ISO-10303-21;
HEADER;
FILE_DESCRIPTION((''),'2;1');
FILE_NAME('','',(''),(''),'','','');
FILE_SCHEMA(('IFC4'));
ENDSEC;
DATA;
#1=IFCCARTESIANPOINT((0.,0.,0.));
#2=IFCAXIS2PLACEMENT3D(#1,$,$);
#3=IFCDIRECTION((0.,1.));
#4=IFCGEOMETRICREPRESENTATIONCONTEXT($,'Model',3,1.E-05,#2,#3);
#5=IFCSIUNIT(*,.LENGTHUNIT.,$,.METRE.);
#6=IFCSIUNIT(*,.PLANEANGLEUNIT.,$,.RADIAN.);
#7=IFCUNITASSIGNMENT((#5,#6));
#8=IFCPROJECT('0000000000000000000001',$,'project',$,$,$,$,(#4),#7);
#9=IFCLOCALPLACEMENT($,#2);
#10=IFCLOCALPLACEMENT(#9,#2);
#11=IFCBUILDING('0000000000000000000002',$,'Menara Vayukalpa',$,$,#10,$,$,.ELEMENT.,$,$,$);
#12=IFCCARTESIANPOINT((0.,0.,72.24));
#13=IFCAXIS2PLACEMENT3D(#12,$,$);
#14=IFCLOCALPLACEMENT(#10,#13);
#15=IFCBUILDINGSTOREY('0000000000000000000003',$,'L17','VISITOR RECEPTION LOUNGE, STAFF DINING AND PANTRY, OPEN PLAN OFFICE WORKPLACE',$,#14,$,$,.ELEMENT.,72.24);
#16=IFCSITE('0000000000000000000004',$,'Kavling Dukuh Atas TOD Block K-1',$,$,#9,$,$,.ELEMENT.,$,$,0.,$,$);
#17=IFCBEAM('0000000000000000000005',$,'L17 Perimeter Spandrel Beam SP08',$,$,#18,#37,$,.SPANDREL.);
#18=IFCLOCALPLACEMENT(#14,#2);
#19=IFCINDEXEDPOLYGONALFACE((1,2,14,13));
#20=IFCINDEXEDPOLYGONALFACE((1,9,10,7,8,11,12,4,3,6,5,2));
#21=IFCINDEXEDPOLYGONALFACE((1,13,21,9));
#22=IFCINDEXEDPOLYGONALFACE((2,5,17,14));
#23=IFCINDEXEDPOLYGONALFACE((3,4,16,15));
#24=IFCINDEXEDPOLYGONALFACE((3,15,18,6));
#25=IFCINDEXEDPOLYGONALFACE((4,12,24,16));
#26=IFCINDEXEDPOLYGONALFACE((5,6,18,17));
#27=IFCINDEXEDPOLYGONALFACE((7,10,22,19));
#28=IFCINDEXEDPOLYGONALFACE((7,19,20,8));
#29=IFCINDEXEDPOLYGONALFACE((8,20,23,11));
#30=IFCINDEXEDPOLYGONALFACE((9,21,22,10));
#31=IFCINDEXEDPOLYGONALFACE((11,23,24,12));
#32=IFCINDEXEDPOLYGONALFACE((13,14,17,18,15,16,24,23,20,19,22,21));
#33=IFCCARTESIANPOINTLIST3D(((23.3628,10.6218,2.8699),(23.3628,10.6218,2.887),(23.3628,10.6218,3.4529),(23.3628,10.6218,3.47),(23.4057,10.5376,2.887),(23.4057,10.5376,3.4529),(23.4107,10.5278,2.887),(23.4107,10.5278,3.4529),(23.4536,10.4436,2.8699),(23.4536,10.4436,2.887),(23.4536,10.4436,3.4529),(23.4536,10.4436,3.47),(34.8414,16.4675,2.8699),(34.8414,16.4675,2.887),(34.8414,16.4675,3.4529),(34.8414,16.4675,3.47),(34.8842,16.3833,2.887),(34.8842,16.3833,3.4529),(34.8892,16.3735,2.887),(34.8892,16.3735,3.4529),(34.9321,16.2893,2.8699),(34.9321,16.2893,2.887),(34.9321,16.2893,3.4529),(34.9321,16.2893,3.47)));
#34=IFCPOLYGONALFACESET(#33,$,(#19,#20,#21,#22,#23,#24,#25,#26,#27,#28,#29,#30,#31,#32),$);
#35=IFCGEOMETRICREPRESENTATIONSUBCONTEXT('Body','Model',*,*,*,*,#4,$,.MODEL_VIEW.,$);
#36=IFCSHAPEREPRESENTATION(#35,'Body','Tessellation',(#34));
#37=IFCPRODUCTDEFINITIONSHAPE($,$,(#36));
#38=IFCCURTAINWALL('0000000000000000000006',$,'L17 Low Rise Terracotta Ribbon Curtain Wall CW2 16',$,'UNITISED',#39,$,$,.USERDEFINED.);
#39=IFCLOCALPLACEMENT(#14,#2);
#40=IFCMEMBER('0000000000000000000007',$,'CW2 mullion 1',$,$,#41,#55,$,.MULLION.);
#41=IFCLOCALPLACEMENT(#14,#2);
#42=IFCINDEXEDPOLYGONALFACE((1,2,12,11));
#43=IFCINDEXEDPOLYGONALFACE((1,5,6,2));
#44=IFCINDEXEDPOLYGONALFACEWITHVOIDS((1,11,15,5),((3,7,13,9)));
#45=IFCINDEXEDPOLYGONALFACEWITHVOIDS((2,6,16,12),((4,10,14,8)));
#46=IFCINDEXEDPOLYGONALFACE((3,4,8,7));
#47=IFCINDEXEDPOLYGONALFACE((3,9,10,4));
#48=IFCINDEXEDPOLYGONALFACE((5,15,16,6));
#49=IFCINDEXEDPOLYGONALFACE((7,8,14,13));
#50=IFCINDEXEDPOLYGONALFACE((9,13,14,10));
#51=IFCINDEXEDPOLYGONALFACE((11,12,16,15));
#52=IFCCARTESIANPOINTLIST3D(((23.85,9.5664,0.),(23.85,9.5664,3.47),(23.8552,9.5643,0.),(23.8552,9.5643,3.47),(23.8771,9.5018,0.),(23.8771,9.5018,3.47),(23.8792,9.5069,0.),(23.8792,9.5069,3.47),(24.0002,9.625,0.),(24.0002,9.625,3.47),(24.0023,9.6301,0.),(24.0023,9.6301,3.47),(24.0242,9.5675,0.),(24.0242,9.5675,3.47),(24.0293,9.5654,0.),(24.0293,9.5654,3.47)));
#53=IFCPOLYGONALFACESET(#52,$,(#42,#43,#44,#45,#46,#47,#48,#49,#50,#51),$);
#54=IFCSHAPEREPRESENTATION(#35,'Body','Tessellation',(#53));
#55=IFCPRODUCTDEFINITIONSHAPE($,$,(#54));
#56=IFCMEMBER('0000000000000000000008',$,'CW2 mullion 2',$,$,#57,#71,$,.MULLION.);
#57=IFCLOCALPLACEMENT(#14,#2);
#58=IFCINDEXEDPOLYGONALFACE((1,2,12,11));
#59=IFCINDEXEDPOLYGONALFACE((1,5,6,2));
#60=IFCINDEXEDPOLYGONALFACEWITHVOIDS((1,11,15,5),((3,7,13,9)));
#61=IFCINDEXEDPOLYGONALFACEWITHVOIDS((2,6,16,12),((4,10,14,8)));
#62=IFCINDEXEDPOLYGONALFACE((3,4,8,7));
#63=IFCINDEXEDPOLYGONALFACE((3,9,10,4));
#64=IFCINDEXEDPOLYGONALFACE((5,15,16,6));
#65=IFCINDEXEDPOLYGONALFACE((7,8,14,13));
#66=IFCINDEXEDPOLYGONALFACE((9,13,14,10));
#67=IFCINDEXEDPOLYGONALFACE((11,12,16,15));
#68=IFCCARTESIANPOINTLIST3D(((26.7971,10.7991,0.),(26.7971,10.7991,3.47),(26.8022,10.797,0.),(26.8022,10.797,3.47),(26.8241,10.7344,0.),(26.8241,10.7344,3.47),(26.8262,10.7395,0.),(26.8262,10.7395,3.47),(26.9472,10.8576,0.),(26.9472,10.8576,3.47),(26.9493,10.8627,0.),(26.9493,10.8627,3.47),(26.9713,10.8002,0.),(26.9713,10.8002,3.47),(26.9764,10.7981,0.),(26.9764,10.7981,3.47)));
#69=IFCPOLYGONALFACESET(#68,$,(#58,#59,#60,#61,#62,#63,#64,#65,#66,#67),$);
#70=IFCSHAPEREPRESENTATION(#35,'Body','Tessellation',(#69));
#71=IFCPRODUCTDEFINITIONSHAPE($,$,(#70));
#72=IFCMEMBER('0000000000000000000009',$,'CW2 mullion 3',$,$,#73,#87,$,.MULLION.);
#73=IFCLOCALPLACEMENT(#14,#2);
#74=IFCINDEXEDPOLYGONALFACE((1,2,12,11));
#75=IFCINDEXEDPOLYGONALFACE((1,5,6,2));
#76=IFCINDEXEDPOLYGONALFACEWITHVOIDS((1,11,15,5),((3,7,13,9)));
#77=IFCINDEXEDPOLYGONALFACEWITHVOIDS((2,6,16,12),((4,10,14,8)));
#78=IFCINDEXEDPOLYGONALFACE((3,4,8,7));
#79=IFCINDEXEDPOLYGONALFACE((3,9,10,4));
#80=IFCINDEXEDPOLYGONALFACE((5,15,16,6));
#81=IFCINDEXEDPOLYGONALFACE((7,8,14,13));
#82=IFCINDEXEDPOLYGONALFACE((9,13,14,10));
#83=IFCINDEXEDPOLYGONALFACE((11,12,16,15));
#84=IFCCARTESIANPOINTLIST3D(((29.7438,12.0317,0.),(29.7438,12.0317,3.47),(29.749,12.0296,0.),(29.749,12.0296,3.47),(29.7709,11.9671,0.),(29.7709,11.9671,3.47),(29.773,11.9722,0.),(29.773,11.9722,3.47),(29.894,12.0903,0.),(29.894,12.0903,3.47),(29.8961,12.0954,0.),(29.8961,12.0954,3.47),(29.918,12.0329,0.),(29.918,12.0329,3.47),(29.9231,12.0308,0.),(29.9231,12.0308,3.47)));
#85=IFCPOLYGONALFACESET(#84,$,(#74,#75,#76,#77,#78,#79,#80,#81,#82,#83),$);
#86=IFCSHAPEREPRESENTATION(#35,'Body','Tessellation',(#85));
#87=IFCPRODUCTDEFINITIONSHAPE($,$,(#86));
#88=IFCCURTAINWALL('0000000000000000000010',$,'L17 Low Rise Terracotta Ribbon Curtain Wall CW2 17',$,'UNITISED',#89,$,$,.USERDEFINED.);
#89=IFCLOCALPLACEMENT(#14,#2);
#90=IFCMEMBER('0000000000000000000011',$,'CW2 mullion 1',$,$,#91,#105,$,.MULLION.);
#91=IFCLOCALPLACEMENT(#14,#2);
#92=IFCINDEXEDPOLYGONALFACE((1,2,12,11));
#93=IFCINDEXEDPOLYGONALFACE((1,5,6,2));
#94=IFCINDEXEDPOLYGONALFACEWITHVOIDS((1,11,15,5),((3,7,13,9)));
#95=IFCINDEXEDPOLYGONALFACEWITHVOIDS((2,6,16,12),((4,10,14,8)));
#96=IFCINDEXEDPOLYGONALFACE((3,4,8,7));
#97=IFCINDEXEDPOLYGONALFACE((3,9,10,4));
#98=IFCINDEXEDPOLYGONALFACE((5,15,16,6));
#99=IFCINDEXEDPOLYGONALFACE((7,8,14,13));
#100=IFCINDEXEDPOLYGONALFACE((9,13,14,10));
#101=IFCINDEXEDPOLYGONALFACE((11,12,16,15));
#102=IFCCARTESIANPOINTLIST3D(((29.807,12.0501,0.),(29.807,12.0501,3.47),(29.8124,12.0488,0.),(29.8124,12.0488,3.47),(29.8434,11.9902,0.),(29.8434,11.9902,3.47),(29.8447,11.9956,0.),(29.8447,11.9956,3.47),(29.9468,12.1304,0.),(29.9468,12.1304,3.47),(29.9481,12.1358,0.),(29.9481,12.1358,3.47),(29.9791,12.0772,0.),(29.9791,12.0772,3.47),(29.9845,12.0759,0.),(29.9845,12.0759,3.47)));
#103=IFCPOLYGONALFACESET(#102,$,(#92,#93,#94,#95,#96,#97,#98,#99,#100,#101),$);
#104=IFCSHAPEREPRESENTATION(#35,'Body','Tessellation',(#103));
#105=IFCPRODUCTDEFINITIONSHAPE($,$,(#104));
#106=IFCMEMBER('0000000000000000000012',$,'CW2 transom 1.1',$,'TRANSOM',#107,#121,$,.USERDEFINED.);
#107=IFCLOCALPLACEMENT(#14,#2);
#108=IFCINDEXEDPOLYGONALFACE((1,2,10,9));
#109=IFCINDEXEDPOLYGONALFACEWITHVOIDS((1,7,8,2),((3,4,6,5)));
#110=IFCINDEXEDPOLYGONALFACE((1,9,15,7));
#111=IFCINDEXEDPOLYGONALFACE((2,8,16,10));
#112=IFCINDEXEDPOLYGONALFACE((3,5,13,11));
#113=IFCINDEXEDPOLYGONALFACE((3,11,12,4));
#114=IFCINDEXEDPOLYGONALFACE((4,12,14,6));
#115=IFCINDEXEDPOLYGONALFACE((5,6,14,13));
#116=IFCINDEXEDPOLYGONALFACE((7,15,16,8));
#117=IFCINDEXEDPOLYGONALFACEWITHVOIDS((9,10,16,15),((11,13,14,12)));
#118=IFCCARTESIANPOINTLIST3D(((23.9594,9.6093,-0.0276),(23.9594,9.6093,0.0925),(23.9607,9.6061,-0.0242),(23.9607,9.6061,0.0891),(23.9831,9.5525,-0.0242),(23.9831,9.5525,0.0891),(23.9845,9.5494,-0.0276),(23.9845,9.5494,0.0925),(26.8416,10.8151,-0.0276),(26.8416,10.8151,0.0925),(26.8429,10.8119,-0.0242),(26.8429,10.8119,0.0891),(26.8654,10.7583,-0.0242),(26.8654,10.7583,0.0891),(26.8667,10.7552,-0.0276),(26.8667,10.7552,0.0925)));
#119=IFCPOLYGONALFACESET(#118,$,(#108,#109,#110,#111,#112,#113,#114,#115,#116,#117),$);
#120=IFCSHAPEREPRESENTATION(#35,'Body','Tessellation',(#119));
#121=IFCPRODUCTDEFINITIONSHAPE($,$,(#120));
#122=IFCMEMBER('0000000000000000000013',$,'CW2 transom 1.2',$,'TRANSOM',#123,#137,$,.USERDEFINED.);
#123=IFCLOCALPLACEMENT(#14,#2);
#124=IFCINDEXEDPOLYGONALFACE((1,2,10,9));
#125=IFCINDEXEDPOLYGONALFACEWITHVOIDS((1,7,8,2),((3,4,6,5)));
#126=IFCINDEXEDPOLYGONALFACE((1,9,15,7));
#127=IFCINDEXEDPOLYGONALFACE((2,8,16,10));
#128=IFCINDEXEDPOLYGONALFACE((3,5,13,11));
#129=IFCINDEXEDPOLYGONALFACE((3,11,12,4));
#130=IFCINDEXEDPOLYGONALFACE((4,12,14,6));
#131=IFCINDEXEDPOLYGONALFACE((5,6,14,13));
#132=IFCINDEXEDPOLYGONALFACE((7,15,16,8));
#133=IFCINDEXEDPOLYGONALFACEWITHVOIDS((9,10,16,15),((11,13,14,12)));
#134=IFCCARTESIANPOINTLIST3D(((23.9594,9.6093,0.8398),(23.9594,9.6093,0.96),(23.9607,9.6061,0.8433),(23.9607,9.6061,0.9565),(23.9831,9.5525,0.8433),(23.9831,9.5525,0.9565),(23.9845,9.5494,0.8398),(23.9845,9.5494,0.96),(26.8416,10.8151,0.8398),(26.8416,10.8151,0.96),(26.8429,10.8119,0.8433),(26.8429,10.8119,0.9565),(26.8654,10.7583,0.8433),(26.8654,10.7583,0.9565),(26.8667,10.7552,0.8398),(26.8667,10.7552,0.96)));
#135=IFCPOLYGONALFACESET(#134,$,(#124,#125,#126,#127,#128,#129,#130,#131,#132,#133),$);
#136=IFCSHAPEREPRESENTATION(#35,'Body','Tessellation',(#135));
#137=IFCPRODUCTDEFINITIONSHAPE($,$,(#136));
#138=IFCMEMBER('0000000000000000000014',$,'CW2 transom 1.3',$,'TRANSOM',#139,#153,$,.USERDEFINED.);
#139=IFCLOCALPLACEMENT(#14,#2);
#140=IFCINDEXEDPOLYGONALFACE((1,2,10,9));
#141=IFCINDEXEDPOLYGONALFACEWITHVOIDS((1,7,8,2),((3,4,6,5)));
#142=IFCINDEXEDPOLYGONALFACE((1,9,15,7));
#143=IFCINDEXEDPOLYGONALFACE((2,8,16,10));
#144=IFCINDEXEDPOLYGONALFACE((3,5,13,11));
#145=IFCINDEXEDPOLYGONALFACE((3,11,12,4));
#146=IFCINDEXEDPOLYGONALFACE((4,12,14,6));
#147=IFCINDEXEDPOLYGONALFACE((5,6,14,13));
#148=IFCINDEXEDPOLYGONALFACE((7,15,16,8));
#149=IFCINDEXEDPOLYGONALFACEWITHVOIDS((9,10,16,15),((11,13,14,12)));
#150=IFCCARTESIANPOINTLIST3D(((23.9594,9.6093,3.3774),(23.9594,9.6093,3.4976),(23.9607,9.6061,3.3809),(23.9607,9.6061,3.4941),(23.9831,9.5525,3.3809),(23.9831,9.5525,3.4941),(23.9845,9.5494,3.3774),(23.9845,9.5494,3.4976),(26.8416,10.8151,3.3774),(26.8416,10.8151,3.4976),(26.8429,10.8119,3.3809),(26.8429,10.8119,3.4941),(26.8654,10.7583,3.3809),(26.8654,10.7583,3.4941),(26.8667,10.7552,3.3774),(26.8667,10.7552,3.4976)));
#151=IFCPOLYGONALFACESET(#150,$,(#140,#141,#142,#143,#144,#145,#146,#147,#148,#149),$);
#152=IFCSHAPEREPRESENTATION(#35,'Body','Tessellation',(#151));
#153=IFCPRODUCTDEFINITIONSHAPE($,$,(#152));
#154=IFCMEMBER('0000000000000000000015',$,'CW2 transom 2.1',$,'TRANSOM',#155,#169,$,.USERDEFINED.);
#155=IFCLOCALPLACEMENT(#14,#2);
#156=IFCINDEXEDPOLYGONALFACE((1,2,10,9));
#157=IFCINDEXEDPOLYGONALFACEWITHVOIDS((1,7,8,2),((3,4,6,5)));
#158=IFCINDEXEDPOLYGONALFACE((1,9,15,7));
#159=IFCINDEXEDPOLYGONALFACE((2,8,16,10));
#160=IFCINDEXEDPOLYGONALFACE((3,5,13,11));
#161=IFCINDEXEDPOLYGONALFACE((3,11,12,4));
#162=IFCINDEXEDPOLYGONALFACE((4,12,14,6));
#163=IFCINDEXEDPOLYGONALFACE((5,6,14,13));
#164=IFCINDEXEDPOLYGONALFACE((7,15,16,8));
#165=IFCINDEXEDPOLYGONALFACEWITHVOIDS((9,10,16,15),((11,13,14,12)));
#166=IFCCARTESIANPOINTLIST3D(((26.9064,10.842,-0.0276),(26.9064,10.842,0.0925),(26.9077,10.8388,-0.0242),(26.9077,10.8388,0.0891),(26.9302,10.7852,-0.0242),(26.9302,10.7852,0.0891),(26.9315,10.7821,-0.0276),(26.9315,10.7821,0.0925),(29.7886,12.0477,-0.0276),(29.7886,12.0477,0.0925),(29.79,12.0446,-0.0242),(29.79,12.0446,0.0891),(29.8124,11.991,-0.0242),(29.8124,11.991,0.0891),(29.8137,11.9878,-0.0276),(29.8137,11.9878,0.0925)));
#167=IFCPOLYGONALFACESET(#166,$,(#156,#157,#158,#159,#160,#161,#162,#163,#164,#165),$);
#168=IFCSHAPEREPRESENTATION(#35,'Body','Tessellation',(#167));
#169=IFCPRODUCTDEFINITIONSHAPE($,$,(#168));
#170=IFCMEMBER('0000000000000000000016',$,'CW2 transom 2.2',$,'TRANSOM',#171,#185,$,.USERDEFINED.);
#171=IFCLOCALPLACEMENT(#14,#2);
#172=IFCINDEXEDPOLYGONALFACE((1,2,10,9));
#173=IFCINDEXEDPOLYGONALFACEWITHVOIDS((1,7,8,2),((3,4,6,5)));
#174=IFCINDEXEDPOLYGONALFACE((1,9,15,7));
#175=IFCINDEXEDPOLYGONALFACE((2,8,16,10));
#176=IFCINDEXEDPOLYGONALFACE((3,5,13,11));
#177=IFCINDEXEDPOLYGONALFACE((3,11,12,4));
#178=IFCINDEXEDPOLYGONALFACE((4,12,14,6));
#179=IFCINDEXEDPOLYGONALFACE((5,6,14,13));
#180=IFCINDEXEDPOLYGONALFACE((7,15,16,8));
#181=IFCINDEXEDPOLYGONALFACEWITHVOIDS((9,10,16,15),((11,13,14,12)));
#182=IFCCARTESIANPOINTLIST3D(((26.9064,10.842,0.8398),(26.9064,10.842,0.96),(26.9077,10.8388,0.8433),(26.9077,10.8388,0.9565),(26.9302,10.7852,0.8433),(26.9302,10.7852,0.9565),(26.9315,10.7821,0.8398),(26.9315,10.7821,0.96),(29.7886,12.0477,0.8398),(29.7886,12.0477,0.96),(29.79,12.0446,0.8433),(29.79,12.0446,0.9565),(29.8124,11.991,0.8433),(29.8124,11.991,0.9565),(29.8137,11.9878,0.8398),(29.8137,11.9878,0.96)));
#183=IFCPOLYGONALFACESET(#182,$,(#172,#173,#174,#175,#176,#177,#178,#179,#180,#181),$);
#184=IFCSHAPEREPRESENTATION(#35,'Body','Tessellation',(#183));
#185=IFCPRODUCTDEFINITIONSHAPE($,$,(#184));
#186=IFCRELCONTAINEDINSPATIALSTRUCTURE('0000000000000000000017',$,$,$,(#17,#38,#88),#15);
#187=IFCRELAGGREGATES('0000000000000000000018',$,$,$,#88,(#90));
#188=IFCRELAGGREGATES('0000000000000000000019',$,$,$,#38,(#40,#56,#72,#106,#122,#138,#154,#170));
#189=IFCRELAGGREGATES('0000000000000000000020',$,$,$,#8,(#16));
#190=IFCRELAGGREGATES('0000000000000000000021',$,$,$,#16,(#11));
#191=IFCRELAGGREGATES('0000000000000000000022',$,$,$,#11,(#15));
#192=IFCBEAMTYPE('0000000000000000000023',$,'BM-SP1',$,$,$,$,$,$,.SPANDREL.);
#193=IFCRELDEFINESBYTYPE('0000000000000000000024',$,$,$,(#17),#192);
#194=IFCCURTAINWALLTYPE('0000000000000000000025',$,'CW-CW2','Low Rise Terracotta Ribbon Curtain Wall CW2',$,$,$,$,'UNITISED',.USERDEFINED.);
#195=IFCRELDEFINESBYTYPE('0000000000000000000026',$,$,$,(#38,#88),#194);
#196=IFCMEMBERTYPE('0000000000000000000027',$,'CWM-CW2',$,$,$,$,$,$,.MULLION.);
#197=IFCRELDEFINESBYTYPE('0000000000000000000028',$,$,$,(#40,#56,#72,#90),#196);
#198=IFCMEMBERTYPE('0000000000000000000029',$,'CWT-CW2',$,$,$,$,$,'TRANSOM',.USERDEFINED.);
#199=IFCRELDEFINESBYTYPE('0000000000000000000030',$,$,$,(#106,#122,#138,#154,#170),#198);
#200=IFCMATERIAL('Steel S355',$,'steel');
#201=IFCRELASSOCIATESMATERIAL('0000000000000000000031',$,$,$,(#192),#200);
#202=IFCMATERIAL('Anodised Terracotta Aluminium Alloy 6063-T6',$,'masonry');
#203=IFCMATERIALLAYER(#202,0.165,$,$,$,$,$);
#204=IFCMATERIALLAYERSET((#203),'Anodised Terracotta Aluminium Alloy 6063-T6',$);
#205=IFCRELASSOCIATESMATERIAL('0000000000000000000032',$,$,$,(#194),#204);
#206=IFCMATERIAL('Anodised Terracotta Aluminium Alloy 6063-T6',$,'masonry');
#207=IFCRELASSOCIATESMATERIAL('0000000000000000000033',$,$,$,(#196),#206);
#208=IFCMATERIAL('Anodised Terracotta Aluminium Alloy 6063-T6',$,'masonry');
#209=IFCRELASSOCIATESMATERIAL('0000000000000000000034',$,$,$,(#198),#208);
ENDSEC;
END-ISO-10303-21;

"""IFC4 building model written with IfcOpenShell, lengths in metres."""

from ifc_helpers import new_model, si_unit, direction, frame, origin, origin_2d, place, context, subcontext, project, spatial, hollow_rectangle, i_section, extrude, material, layer, layer_set, material_profile, profile_set, type_object, element, aggregate, save


model = new_model("IFC4")

# Units and contexts
model_context = context("Model", 3, precision=1e-05, world=origin(), true_north=direction((0.0, 1.0)))
body_context = subcontext(model_context, "Body", "Model", "MODEL_VIEW")
ifc_project = project(units=[si_unit("LENGTHUNIT", "METRE"), si_unit("PLANEANGLEUNIT", "RADIAN")], contexts=[model_context])

# Site, building, storey
site_placement = place(None, origin())
site = spatial("IfcSite", under=ifc_project, at=site_placement, Name="Kavling Dukuh Atas TOD Block K-1", CompositionType="ELEMENT", RefElevation=0.0)
building_placement = place(site_placement, origin())
building = spatial("IfcBuilding", under=site, at=building_placement, Name="Menara Vayukalpa", CompositionType="ELEMENT")
storey_placement = place(building_placement, frame((0.0, 0.0, 72.24)))
storey = spatial("IfcBuildingStorey", under=building, at=storey_placement, Name="L17", Description="VISITOR RECEPTION LOUNGE, STAFF DINING AND PANTRY, OPEN PLAN OFFICE WORKPLACE", CompositionType="ELEMENT", Elevation=72.24)

# Beam
ifc_material_1 = material(Name="Steel S355", Category="steel")
ifc_material_profile_1 = material_profile(ifc_material_1, i_section(OverallWidth=0.2, OverallDepth=0.6001, WebThickness=0.011, FlangeThickness=0.0171, at=origin_2d()), Name="WF 600x200x11x17")
ifc_profile_set_1 = profile_set([ifc_material_profile_1], Name="Steel S355")
beam_type = type_object("IfcBeamType", Name="BM-SP1", PredefinedType="SPANDREL", material=ifc_profile_set_1)
beam_placement = place(storey_placement, frame((23.4082, 10.5327, 3.1699), z_axis=(0.891097, 0.453812, 0.0), x_axis=(-0.453812, 0.891097, 0.0)))
element("IfcBeam", 1, at=beam_placement, inside=storey, type_object=beam_type, Name="L17 Perimeter Spandrel Beam SP08", PredefinedType="SPANDREL", context=body_context, shape_type="SweptSolid", body=[
    extrude(i_section(OverallWidth=0.2, OverallDepth=0.6001, WebThickness=0.011, FlangeThickness=0.0171, at=origin_2d()), origin(), (0.0, 0.0, 1.0), 12.8813),
])

# Curtain wall, members
ifc_material_2 = material(Name="Anodised Terracotta Aluminium Alloy 6063-T6", Category="masonry")
ifc_layer_1 = layer(ifc_material_2, 0.165)
ifc_layer_set_1 = layer_set([ifc_layer_1], Name="Anodised Terracotta Aluminium Alloy 6063-T6")
curtain_wall_type = type_object("IfcCurtainWallType", Name="CW-CW2", Description="Low Rise Terracotta Ribbon Curtain Wall CW2", ElementType="UNITISED", PredefinedType="USERDEFINED", material=ifc_layer_set_1)
curtain_wall_1_placement = place(storey_placement, origin())
curtain_wall_1 = element("IfcCurtainWall", 2, at=curtain_wall_1_placement, inside=storey, type_object=curtain_wall_type, Name="L17 Low Rise Terracotta Ribbon Curtain Wall CW2 16", ObjectType="UNITISED", PredefinedType="USERDEFINED")
ifc_material_3 = material(Name="Anodised Terracotta Aluminium Alloy 6063-T6", Category="masonry")
ifc_material_profile_2 = material_profile(ifc_material_3, hollow_rectangle(XDim=0.0701, YDim=0.165, WallThickness=0.0039, at=origin_2d()), Name="ALU 70x165x4")
ifc_profile_set_2 = profile_set([ifc_material_profile_2], Name="Anodised Terracotta Aluminium Alloy 6063-T6")
member_type_1 = type_object("IfcMemberType", Name="CWM-CW2", PredefinedType="MULLION", material=ifc_profile_set_2)
member_1_placement = place(storey_placement, frame((23.9397, 9.5659, 0.0), z_axis=(0.0, 0.0, 1.0), x_axis=(-0.385894, 0.922543, 0.0)))
member_1 = element("IfcMember", 3, at=member_1_placement, type_object=member_type_1, Name="CW2 mullion 1", PredefinedType="MULLION", context=body_context, shape_type="SweptSolid", body=[
    extrude(hollow_rectangle(XDim=0.0701, YDim=0.165, WallThickness=0.0039, at=origin_2d()), origin(), (0.0, 0.0, 1.0), 3.47),
])
member_2_placement = place(storey_placement, frame((26.8867, 10.7986, 0.0), z_axis=(0.0, 0.0, 1.0), x_axis=(-0.385894, 0.922543, 0.0)))
member_2 = element("IfcMember", 4, at=member_2_placement, type_object=member_type_1, Name="CW2 mullion 2", PredefinedType="MULLION", context=body_context, shape_type="SweptSolid", body=[
    extrude(hollow_rectangle(XDim=0.0701, YDim=0.165, WallThickness=0.0039, at=origin_2d()), origin(), (0.0, 0.0, 1.0), 3.47),
])
member_3_placement = place(storey_placement, frame((29.8335, 12.0312, 0.0), z_axis=(0.0, 0.0, 1.0), x_axis=(-0.385894, 0.922543, 0.0)))
member_3 = element("IfcMember", 5, at=member_3_placement, type_object=member_type_1, Name="CW2 mullion 3", PredefinedType="MULLION", context=body_context, shape_type="SweptSolid", body=[
    extrude(hollow_rectangle(XDim=0.0701, YDim=0.165, WallThickness=0.0039, at=origin_2d()), origin(), (0.0, 0.0, 1.0), 3.47),
])

# Curtain wall, member
curtain_wall_2_placement = place(storey_placement, origin())
curtain_wall_2 = element("IfcCurtainWall", 6, at=curtain_wall_2_placement, inside=storey, type_object=curtain_wall_type, Name="L17 Low Rise Terracotta Ribbon Curtain Wall CW2 17", ObjectType="UNITISED", PredefinedType="USERDEFINED")
member_4_placement = place(storey_placement, frame((29.8958, 12.063, 0.0), z_axis=(0.0, 0.0, 1.0), x_axis=(-0.519183, 0.854663, 0.0)))
member_4 = element("IfcMember", 7, at=member_4_placement, type_object=member_type_1, Name="CW2 mullion 1", PredefinedType="MULLION", context=body_context, shape_type="SweptSolid", body=[
    extrude(hollow_rectangle(XDim=0.0701, YDim=0.165, WallThickness=0.0039, at=origin_2d()), origin(), (0.0, 0.0, 1.0), 3.47),
])

# Members
ifc_material_4 = material(Name="Anodised Terracotta Aluminium Alloy 6063-T6", Category="masonry")
ifc_material_profile_3 = material_profile(ifc_material_4, hollow_rectangle(XDim=0.0649, YDim=0.1201, WallThickness=0.0034, at=origin_2d()), Name="ALU 65x120x3.5")
ifc_profile_set_3 = profile_set([ifc_material_profile_3], Name="Anodised Terracotta Aluminium Alloy 6063-T6")
member_type_2 = type_object("IfcMemberType", Name="CWT-CW2", ElementType="TRANSOM", PredefinedType="USERDEFINED", material=ifc_profile_set_3)
member_5_placement = place(storey_placement, frame((23.9719, 9.5793, 0.0325), z_axis=(0.922526, 0.385936, 0.0), x_axis=(-0.385936, 0.922526, 0.0)))
member_5 = element("IfcMember", 8, at=member_5_placement, type_object=member_type_2, Name="CW2 transom 1.1", ObjectType="TRANSOM", PredefinedType="USERDEFINED", context=body_context, shape_type="SweptSolid", body=[
    extrude(hollow_rectangle(XDim=0.0649, YDim=0.1201, WallThickness=0.0034, at=origin_2d()), origin(), (0.0, 0.0, 1.0), 3.1243),
])
member_6_placement = place(storey_placement, frame((23.9719, 9.5793, 0.8999), z_axis=(0.922526, 0.385936, 0.0), x_axis=(-0.385936, 0.922526, 0.0)))
member_6 = element("IfcMember", 9, at=member_6_placement, type_object=member_type_2, Name="CW2 transom 1.2", ObjectType="TRANSOM", PredefinedType="USERDEFINED", context=body_context, shape_type="SweptSolid", body=[
    extrude(hollow_rectangle(XDim=0.0649, YDim=0.1201, WallThickness=0.0034, at=origin_2d()), origin(), (0.0, 0.0, 1.0), 3.1243),
])
member_7_placement = place(storey_placement, frame((23.9719, 9.5793, 3.4375), z_axis=(0.922526, 0.385936, 0.0), x_axis=(-0.385936, 0.922526, 0.0)))
member_7 = element("IfcMember", 10, at=member_7_placement, type_object=member_type_2, Name="CW2 transom 1.3", ObjectType="TRANSOM", PredefinedType="USERDEFINED", context=body_context, shape_type="SweptSolid", body=[
    extrude(hollow_rectangle(XDim=0.0649, YDim=0.1201, WallThickness=0.0034, at=origin_2d()), origin(), (0.0, 0.0, 1.0), 3.1243),
])
member_8_placement = place(storey_placement, frame((26.9189, 10.812, 0.0325), z_axis=(0.922526, 0.385936, 0.0), x_axis=(-0.385936, 0.922526, 0.0)))
member_8 = element("IfcMember", 11, at=member_8_placement, type_object=member_type_2, Name="CW2 transom 2.1", ObjectType="TRANSOM", PredefinedType="USERDEFINED", context=body_context, shape_type="SweptSolid", body=[
    extrude(hollow_rectangle(XDim=0.0649, YDim=0.1201, WallThickness=0.0034, at=origin_2d()), origin(), (0.0, 0.0, 1.0), 3.1243),
])
member_9_placement = place(storey_placement, frame((26.9189, 10.812, 0.8999), z_axis=(0.922526, 0.385936, 0.0), x_axis=(-0.385936, 0.922526, 0.0)))
member_9 = element("IfcMember", 12, at=member_9_placement, type_object=member_type_2, Name="CW2 transom 2.2", ObjectType="TRANSOM", PredefinedType="USERDEFINED", context=body_context, shape_type="SweptSolid", body=[
    extrude(hollow_rectangle(XDim=0.0649, YDim=0.1201, WallThickness=0.0034, at=origin_2d()), origin(), (0.0, 0.0, 1.0), 3.1243),
])
aggregate(curtain_wall_2, [member_4])

aggregate(curtain_wall_1, [member_1, member_2, member_3, member_5, member_6, member_7, member_8, member_9])

save(model, "model.ifc")
